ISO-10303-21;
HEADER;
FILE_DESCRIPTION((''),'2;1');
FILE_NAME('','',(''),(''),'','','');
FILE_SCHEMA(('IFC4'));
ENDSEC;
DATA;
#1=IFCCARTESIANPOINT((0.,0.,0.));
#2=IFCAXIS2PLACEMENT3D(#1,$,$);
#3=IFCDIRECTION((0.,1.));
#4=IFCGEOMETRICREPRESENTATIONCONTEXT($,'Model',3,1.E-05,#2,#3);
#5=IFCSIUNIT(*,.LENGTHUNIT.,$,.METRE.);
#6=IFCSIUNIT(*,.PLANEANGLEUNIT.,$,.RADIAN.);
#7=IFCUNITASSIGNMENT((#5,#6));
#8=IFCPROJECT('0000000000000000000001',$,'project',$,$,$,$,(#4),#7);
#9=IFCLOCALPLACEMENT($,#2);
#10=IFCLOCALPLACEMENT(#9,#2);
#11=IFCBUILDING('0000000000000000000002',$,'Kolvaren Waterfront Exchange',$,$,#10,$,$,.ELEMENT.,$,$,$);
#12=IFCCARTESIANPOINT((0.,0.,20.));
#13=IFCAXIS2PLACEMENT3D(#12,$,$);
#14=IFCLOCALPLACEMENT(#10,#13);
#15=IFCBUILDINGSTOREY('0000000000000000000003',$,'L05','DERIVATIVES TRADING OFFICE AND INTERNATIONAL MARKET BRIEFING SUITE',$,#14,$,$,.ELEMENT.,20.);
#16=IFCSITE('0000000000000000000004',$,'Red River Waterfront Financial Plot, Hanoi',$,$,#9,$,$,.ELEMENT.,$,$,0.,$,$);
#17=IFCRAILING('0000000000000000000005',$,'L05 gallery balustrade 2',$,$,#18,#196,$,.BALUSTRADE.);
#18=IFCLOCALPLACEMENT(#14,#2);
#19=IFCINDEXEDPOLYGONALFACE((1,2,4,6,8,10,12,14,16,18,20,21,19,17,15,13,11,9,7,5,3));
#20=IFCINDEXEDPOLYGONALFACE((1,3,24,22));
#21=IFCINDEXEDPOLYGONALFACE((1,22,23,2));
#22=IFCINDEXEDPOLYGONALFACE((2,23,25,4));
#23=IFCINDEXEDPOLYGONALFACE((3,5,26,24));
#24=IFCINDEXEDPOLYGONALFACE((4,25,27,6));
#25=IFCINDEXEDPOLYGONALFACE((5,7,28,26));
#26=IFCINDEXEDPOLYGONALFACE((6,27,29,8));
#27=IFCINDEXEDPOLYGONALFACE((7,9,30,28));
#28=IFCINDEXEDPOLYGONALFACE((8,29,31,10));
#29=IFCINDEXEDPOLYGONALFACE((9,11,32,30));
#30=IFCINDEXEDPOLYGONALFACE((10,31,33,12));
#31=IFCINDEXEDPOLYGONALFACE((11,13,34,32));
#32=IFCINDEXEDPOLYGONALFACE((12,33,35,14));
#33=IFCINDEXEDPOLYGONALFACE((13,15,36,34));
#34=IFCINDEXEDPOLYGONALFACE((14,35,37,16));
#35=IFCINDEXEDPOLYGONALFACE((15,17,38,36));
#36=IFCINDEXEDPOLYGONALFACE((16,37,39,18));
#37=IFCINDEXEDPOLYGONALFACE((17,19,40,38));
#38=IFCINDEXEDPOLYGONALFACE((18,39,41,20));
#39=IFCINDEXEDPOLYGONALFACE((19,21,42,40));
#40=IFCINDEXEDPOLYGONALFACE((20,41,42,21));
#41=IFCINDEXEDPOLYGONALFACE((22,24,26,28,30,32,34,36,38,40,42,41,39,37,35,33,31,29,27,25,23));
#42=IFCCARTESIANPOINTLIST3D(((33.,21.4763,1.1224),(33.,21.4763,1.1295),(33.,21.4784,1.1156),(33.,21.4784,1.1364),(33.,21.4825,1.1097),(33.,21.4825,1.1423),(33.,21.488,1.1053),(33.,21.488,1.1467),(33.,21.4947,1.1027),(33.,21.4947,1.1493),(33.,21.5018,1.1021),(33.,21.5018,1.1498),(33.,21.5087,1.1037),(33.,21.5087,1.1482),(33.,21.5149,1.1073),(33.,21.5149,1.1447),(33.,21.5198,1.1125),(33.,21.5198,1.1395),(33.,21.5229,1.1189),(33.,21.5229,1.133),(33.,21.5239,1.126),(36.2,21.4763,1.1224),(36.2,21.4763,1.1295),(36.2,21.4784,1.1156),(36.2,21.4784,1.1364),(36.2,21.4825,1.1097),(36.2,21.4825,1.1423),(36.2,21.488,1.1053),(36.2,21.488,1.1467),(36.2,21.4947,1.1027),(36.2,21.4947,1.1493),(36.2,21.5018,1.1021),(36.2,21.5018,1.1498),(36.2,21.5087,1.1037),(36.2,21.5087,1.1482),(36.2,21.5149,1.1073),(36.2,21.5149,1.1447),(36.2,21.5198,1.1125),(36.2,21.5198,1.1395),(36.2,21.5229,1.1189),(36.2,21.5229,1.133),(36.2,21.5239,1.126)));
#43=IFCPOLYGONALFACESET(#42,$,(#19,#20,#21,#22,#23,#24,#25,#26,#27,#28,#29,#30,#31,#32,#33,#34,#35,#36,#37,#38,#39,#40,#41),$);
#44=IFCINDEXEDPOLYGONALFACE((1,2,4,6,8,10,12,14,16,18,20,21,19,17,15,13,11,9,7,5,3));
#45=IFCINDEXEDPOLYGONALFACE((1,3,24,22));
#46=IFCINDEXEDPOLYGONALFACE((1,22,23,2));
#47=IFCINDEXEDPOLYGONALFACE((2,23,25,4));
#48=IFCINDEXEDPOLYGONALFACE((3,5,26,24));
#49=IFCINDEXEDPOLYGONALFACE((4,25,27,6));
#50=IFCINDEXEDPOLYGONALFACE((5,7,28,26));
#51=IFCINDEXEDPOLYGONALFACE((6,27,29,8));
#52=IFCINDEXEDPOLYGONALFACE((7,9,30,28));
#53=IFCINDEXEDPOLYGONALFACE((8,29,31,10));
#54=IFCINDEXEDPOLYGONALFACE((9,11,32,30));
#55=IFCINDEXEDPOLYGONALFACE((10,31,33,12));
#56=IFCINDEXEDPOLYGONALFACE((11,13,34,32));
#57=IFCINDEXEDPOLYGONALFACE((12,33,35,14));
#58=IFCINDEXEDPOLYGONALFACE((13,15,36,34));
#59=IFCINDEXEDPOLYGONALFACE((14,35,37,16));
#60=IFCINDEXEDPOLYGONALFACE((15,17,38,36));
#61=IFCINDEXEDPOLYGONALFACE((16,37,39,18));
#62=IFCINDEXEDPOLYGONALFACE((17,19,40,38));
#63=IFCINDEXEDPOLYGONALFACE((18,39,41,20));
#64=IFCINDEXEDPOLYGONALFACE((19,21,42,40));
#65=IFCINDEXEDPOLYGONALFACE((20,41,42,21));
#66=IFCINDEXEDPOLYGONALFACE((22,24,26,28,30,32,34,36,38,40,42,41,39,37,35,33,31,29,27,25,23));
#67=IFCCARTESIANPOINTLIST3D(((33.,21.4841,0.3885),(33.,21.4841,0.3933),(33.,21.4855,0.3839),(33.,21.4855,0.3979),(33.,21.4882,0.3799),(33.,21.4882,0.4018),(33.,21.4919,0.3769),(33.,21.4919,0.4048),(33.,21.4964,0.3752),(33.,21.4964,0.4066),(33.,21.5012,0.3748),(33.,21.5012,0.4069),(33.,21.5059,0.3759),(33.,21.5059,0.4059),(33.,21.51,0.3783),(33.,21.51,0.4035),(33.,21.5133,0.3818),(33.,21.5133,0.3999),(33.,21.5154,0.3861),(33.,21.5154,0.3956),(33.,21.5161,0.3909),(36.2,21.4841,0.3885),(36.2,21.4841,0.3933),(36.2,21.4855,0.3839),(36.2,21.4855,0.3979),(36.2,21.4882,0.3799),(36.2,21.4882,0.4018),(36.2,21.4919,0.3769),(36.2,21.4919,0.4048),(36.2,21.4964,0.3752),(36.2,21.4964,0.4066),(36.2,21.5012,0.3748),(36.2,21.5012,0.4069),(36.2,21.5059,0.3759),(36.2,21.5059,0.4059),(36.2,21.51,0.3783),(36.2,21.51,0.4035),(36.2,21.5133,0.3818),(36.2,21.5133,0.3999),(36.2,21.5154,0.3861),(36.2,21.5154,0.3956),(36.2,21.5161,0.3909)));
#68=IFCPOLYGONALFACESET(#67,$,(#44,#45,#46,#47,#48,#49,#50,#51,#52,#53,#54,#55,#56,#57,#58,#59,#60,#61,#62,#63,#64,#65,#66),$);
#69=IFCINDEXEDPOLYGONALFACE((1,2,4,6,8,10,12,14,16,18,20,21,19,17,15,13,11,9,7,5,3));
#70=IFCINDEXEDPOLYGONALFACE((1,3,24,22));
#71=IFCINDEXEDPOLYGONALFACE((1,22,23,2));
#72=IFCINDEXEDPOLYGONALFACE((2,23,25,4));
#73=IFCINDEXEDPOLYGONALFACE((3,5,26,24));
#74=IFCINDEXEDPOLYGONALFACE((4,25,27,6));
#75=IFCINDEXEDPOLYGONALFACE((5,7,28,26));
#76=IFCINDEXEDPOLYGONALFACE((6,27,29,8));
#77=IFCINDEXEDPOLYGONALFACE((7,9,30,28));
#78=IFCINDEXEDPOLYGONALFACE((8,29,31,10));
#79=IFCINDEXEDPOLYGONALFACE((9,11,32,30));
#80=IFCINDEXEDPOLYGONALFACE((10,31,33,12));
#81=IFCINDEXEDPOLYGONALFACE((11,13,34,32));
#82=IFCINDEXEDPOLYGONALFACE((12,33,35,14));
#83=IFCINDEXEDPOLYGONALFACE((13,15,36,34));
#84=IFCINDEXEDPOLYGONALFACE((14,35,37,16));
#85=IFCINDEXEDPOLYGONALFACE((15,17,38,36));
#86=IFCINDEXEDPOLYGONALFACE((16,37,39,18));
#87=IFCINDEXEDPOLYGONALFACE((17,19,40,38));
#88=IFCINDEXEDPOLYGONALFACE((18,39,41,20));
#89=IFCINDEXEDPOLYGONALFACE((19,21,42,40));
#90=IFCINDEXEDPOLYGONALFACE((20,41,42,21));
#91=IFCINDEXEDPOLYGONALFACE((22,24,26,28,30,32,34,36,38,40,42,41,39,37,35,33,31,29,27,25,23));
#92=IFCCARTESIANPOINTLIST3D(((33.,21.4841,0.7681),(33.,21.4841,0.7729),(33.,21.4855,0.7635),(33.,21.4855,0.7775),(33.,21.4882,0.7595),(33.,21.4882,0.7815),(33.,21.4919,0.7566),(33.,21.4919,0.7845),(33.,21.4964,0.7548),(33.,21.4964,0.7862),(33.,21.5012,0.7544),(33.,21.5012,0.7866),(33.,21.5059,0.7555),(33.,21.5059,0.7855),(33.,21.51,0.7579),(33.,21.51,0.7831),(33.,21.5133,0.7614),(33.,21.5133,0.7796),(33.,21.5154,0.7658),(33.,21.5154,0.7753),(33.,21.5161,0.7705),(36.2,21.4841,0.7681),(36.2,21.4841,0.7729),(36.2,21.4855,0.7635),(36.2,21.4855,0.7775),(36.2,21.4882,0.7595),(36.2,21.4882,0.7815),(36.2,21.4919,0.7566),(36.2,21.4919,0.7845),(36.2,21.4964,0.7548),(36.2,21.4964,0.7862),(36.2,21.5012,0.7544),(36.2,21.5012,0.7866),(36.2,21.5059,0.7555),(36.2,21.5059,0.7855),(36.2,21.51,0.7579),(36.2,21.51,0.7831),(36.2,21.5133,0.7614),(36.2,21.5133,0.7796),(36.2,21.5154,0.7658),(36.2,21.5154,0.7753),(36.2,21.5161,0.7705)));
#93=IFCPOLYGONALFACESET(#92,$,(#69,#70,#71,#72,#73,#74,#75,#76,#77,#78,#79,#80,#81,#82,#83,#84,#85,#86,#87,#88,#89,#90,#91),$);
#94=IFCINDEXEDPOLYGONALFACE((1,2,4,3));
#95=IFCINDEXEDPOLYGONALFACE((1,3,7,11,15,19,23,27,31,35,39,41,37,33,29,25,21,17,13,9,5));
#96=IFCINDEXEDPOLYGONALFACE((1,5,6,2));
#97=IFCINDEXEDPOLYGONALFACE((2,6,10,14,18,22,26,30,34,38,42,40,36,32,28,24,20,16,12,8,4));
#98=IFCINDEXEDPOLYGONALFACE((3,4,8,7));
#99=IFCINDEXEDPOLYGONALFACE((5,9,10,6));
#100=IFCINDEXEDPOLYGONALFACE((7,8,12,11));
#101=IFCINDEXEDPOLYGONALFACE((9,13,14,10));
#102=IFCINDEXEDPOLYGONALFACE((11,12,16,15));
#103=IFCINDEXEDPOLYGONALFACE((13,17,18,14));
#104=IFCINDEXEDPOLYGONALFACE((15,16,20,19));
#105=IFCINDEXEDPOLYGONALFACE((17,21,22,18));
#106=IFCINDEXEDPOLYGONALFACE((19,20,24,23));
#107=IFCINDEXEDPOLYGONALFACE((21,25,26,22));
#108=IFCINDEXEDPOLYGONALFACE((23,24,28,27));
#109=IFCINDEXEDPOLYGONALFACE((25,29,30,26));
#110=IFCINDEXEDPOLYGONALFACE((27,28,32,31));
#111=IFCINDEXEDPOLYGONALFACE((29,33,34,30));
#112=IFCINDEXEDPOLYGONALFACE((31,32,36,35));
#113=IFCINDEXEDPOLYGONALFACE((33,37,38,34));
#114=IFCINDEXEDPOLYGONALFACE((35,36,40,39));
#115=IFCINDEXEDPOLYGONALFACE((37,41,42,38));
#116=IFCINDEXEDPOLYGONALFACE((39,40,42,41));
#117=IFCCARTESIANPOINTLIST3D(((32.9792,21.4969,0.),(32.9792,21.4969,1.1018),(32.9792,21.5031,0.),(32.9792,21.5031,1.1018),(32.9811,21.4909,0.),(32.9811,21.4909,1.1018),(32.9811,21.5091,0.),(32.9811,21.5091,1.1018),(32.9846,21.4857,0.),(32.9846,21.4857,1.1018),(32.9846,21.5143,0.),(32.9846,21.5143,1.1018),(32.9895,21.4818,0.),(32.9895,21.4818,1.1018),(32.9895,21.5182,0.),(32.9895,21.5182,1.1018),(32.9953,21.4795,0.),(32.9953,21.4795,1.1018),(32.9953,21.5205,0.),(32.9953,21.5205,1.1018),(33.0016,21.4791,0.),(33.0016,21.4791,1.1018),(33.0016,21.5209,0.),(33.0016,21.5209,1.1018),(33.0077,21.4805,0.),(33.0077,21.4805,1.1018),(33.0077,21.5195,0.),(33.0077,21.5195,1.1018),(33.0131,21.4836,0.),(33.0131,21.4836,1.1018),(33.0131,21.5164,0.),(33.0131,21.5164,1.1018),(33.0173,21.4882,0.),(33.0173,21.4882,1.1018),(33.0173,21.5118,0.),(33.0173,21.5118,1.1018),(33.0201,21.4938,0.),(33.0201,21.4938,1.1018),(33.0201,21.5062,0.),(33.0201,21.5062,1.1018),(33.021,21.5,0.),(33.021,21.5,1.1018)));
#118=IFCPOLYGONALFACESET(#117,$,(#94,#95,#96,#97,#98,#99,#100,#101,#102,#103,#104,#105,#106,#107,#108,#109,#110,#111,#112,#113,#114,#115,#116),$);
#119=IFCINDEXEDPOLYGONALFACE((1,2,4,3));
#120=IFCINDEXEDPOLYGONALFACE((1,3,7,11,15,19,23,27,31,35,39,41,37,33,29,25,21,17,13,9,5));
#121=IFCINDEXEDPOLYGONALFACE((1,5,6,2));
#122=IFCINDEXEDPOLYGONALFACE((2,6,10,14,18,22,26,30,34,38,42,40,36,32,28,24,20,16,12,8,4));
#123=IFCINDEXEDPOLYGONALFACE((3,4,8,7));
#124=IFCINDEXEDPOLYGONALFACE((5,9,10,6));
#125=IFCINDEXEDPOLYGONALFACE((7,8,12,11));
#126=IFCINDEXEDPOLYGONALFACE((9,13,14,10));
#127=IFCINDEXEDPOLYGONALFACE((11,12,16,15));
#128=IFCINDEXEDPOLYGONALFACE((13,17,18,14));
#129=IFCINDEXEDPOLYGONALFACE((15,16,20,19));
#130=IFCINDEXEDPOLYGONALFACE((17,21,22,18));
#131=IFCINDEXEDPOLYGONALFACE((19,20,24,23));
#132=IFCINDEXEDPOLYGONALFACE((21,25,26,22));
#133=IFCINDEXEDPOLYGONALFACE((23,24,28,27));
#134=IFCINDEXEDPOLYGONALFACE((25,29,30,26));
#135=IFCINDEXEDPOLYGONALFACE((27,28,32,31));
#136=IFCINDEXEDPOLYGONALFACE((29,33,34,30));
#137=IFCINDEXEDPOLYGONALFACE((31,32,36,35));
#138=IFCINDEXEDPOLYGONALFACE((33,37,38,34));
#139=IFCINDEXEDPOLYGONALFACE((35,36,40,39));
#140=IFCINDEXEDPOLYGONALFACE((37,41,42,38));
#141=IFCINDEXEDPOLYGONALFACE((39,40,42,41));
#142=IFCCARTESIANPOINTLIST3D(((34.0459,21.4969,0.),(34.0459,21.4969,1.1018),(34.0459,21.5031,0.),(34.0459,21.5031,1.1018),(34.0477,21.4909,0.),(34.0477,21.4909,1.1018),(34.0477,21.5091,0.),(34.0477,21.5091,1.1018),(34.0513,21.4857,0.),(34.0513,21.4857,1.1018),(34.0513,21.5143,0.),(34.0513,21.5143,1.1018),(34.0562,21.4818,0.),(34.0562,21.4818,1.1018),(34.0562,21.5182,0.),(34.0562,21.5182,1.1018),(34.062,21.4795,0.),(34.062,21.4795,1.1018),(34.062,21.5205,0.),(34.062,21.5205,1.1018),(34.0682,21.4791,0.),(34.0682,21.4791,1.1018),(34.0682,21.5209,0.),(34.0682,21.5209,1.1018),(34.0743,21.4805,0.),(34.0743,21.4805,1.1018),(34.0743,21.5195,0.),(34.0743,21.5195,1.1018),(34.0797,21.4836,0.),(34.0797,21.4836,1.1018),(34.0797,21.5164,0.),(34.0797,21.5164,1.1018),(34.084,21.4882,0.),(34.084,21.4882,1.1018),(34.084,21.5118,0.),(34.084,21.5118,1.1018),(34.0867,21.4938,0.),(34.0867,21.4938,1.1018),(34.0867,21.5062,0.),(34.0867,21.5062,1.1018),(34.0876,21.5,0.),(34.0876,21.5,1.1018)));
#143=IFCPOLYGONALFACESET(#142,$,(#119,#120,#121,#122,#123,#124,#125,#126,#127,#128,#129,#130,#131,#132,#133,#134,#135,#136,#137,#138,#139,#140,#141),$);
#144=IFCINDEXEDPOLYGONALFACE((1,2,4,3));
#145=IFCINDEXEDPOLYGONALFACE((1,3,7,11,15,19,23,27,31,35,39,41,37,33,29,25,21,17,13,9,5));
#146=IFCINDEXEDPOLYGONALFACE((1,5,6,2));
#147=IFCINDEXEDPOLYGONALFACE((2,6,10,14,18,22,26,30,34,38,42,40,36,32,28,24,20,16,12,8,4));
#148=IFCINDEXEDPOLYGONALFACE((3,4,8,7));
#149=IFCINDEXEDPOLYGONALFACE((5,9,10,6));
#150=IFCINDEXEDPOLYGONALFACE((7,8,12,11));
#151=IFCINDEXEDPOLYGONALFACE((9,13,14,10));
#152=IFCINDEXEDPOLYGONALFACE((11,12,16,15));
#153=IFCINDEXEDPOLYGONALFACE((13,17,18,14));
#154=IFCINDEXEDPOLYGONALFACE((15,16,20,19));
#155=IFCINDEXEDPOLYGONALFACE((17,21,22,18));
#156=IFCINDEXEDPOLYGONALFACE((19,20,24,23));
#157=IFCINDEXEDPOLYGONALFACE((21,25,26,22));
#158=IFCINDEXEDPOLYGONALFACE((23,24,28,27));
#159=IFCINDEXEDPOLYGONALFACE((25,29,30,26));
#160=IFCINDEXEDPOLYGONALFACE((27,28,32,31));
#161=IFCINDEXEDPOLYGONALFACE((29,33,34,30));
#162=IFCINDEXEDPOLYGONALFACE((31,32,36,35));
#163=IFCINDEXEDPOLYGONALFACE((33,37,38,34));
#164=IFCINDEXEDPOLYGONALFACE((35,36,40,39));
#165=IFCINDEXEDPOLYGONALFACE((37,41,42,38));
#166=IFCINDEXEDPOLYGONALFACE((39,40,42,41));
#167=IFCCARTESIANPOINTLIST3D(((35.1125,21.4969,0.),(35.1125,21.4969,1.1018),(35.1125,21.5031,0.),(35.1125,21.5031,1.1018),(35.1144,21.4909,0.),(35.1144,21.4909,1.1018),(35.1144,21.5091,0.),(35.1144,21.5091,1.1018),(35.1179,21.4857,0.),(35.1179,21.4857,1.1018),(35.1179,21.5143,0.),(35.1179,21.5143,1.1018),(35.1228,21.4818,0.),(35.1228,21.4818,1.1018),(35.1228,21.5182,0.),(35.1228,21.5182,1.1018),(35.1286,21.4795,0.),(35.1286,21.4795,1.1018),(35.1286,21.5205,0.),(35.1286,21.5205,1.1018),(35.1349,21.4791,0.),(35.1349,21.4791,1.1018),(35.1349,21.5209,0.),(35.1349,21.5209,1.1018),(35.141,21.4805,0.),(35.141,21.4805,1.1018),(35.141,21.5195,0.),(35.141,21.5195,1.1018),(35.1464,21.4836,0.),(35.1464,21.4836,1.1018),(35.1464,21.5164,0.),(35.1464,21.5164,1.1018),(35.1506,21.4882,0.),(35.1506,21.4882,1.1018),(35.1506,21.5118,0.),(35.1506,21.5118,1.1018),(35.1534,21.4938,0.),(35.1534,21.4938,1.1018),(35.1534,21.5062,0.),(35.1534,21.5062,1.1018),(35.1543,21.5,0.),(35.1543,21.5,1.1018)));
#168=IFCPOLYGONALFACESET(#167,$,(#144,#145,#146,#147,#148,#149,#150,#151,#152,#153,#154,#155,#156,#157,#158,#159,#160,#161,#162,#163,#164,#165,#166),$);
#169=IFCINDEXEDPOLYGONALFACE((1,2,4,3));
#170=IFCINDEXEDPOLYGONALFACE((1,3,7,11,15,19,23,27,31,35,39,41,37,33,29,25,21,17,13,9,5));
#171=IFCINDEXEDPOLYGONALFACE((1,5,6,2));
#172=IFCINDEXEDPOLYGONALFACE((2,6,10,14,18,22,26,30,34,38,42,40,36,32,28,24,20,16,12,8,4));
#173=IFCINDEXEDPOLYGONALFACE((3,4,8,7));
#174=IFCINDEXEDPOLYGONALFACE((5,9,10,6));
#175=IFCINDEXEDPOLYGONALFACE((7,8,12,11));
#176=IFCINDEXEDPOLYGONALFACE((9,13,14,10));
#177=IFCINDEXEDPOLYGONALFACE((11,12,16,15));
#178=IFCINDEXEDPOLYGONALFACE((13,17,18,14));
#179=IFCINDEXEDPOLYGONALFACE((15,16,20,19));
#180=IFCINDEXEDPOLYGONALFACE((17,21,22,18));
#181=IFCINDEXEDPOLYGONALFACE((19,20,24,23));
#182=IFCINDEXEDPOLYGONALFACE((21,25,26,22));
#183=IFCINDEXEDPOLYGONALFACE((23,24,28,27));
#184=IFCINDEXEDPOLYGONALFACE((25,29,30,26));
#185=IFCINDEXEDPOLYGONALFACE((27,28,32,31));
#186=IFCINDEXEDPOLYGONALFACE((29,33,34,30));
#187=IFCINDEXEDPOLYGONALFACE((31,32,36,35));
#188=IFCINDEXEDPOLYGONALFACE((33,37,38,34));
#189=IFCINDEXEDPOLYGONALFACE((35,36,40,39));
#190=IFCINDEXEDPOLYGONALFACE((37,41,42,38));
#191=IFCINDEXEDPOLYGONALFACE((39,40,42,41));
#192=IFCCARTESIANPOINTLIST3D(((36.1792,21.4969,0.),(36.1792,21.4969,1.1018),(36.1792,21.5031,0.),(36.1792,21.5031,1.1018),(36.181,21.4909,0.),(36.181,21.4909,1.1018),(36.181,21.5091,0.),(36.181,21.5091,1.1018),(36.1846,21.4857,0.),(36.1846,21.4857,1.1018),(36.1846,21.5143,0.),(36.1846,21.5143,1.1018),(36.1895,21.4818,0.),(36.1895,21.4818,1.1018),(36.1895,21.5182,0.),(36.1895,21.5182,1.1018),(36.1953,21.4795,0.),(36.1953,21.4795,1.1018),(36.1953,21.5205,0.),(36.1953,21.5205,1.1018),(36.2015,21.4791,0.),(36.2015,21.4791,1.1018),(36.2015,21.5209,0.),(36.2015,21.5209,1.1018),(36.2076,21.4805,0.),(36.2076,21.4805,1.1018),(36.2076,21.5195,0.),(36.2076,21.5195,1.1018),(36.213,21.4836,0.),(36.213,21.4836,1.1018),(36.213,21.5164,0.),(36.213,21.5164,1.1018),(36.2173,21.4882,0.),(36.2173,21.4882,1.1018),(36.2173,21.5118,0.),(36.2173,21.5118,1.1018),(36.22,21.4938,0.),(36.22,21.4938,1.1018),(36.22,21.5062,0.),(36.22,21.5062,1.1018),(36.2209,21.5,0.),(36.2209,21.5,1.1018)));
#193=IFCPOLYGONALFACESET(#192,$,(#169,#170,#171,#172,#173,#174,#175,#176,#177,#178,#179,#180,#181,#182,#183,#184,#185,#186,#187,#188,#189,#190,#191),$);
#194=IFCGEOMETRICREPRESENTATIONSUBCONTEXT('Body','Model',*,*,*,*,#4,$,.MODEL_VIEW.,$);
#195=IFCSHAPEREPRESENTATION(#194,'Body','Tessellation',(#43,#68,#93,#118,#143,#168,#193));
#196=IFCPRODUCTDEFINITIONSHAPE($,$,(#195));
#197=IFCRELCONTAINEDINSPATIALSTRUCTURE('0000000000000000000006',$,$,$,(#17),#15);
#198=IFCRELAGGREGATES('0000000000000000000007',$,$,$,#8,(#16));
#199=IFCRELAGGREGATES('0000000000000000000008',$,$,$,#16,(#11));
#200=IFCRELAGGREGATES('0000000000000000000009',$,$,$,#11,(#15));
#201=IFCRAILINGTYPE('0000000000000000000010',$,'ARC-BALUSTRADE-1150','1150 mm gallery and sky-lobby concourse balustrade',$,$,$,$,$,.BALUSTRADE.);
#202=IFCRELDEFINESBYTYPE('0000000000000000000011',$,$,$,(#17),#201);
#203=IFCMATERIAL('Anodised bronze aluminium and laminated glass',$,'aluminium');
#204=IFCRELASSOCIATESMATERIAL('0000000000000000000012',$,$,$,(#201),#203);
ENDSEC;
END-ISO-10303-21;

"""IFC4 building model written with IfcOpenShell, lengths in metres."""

from ifc_helpers import new_model, si_unit, direction, frame, origin, origin_2d, place, context, subcontext, project, spatial, circle, extrude, material, type_object, element, save


model = new_model("IFC4")

# Units and contexts
model_context = context("Model", 3, precision=1e-05, world=origin(), true_north=direction((0.0, 1.0)))
body_context = subcontext(model_context, "Body", "Model", "MODEL_VIEW")
ifc_project = project(units=[si_unit("LENGTHUNIT", "METRE"), si_unit("PLANEANGLEUNIT", "RADIAN")], contexts=[model_context])

# Site, building, storey
site_placement = place(None, origin())
site = spatial("IfcSite", under=ifc_project, at=site_placement, Name="Red River Waterfront Financial Plot, Hanoi", CompositionType="ELEMENT", RefElevation=0.0)
building_placement = place(site_placement, origin())
building = spatial("IfcBuilding", under=site, at=building_placement, Name="Kolvaren Waterfront Exchange", CompositionType="ELEMENT")
storey_placement = place(building_placement, frame((0.0, 0.0, 20.0)))
storey = spatial("IfcBuildingStorey", under=building, at=storey_placement, Name="L05", Description="DERIVATIVES TRADING OFFICE AND INTERNATIONAL MARKET BRIEFING SUITE", CompositionType="ELEMENT", Elevation=20.0)

# Railing
ifc_material_1 = material(Name="Anodised bronze aluminium and laminated glass", Category="aluminium")
railing_type = type_object("IfcRailingType", Name="ARC-BALUSTRADE-1150", Description="1150 mm gallery and sky-lobby concourse balustrade", PredefinedType="BALUSTRADE", material=ifc_material_1)
for number, where, name in (
    (1, (33.0, 21.5, 0.0), "L05 gallery balustrade 2"),
):
    element("IfcRailing", number, at=place(storey_placement, frame(where)), inside=storey, type_object=railing_type, Name=name, PredefinedType="BALUSTRADE", context=body_context, shape_type="SweptSolid", body=[
        extrude(circle(Radius=0.0239, at=origin_2d()), frame((0.0, 0.0, 1.126), z_axis=(1.0, 0.0, 0.0), x_axis=(0.0, 1.0, 0.0)), (0.0, 0.0, 1.0), 3.2),
        extrude(circle(Radius=0.0161, at=origin_2d()), frame((0.0, 0.0, 0.3909), z_axis=(1.0, 0.0, 0.0), x_axis=(0.0, 1.0, 0.0)), (0.0, 0.0, 1.0), 3.2),
        extrude(circle(Radius=0.0161, at=origin_2d()), frame((0.0, 0.0, 0.7705), z_axis=(1.0, 0.0, 0.0), x_axis=(0.0, 1.0, 0.0)), (0.0, 0.0, 1.0), 3.2),
        extrude(circle(Radius=0.021, at=origin_2d()), origin(), (0.0, 0.0, 1.0), 1.1018),
        extrude(circle(Radius=0.021, at=origin_2d()), frame((1.0667, 0.0, 0.0)), (0.0, 0.0, 1.0), 1.1018),
        extrude(circle(Radius=0.021, at=origin_2d()), frame((2.1333, 0.0, 0.0)), (0.0, 0.0, 1.0), 1.1018),
        extrude(circle(Radius=0.021, at=origin_2d()), frame((3.2, 0.0, 0.0)), (0.0, 0.0, 1.0), 1.1018),
    ])

save(model, "model.ifc")
